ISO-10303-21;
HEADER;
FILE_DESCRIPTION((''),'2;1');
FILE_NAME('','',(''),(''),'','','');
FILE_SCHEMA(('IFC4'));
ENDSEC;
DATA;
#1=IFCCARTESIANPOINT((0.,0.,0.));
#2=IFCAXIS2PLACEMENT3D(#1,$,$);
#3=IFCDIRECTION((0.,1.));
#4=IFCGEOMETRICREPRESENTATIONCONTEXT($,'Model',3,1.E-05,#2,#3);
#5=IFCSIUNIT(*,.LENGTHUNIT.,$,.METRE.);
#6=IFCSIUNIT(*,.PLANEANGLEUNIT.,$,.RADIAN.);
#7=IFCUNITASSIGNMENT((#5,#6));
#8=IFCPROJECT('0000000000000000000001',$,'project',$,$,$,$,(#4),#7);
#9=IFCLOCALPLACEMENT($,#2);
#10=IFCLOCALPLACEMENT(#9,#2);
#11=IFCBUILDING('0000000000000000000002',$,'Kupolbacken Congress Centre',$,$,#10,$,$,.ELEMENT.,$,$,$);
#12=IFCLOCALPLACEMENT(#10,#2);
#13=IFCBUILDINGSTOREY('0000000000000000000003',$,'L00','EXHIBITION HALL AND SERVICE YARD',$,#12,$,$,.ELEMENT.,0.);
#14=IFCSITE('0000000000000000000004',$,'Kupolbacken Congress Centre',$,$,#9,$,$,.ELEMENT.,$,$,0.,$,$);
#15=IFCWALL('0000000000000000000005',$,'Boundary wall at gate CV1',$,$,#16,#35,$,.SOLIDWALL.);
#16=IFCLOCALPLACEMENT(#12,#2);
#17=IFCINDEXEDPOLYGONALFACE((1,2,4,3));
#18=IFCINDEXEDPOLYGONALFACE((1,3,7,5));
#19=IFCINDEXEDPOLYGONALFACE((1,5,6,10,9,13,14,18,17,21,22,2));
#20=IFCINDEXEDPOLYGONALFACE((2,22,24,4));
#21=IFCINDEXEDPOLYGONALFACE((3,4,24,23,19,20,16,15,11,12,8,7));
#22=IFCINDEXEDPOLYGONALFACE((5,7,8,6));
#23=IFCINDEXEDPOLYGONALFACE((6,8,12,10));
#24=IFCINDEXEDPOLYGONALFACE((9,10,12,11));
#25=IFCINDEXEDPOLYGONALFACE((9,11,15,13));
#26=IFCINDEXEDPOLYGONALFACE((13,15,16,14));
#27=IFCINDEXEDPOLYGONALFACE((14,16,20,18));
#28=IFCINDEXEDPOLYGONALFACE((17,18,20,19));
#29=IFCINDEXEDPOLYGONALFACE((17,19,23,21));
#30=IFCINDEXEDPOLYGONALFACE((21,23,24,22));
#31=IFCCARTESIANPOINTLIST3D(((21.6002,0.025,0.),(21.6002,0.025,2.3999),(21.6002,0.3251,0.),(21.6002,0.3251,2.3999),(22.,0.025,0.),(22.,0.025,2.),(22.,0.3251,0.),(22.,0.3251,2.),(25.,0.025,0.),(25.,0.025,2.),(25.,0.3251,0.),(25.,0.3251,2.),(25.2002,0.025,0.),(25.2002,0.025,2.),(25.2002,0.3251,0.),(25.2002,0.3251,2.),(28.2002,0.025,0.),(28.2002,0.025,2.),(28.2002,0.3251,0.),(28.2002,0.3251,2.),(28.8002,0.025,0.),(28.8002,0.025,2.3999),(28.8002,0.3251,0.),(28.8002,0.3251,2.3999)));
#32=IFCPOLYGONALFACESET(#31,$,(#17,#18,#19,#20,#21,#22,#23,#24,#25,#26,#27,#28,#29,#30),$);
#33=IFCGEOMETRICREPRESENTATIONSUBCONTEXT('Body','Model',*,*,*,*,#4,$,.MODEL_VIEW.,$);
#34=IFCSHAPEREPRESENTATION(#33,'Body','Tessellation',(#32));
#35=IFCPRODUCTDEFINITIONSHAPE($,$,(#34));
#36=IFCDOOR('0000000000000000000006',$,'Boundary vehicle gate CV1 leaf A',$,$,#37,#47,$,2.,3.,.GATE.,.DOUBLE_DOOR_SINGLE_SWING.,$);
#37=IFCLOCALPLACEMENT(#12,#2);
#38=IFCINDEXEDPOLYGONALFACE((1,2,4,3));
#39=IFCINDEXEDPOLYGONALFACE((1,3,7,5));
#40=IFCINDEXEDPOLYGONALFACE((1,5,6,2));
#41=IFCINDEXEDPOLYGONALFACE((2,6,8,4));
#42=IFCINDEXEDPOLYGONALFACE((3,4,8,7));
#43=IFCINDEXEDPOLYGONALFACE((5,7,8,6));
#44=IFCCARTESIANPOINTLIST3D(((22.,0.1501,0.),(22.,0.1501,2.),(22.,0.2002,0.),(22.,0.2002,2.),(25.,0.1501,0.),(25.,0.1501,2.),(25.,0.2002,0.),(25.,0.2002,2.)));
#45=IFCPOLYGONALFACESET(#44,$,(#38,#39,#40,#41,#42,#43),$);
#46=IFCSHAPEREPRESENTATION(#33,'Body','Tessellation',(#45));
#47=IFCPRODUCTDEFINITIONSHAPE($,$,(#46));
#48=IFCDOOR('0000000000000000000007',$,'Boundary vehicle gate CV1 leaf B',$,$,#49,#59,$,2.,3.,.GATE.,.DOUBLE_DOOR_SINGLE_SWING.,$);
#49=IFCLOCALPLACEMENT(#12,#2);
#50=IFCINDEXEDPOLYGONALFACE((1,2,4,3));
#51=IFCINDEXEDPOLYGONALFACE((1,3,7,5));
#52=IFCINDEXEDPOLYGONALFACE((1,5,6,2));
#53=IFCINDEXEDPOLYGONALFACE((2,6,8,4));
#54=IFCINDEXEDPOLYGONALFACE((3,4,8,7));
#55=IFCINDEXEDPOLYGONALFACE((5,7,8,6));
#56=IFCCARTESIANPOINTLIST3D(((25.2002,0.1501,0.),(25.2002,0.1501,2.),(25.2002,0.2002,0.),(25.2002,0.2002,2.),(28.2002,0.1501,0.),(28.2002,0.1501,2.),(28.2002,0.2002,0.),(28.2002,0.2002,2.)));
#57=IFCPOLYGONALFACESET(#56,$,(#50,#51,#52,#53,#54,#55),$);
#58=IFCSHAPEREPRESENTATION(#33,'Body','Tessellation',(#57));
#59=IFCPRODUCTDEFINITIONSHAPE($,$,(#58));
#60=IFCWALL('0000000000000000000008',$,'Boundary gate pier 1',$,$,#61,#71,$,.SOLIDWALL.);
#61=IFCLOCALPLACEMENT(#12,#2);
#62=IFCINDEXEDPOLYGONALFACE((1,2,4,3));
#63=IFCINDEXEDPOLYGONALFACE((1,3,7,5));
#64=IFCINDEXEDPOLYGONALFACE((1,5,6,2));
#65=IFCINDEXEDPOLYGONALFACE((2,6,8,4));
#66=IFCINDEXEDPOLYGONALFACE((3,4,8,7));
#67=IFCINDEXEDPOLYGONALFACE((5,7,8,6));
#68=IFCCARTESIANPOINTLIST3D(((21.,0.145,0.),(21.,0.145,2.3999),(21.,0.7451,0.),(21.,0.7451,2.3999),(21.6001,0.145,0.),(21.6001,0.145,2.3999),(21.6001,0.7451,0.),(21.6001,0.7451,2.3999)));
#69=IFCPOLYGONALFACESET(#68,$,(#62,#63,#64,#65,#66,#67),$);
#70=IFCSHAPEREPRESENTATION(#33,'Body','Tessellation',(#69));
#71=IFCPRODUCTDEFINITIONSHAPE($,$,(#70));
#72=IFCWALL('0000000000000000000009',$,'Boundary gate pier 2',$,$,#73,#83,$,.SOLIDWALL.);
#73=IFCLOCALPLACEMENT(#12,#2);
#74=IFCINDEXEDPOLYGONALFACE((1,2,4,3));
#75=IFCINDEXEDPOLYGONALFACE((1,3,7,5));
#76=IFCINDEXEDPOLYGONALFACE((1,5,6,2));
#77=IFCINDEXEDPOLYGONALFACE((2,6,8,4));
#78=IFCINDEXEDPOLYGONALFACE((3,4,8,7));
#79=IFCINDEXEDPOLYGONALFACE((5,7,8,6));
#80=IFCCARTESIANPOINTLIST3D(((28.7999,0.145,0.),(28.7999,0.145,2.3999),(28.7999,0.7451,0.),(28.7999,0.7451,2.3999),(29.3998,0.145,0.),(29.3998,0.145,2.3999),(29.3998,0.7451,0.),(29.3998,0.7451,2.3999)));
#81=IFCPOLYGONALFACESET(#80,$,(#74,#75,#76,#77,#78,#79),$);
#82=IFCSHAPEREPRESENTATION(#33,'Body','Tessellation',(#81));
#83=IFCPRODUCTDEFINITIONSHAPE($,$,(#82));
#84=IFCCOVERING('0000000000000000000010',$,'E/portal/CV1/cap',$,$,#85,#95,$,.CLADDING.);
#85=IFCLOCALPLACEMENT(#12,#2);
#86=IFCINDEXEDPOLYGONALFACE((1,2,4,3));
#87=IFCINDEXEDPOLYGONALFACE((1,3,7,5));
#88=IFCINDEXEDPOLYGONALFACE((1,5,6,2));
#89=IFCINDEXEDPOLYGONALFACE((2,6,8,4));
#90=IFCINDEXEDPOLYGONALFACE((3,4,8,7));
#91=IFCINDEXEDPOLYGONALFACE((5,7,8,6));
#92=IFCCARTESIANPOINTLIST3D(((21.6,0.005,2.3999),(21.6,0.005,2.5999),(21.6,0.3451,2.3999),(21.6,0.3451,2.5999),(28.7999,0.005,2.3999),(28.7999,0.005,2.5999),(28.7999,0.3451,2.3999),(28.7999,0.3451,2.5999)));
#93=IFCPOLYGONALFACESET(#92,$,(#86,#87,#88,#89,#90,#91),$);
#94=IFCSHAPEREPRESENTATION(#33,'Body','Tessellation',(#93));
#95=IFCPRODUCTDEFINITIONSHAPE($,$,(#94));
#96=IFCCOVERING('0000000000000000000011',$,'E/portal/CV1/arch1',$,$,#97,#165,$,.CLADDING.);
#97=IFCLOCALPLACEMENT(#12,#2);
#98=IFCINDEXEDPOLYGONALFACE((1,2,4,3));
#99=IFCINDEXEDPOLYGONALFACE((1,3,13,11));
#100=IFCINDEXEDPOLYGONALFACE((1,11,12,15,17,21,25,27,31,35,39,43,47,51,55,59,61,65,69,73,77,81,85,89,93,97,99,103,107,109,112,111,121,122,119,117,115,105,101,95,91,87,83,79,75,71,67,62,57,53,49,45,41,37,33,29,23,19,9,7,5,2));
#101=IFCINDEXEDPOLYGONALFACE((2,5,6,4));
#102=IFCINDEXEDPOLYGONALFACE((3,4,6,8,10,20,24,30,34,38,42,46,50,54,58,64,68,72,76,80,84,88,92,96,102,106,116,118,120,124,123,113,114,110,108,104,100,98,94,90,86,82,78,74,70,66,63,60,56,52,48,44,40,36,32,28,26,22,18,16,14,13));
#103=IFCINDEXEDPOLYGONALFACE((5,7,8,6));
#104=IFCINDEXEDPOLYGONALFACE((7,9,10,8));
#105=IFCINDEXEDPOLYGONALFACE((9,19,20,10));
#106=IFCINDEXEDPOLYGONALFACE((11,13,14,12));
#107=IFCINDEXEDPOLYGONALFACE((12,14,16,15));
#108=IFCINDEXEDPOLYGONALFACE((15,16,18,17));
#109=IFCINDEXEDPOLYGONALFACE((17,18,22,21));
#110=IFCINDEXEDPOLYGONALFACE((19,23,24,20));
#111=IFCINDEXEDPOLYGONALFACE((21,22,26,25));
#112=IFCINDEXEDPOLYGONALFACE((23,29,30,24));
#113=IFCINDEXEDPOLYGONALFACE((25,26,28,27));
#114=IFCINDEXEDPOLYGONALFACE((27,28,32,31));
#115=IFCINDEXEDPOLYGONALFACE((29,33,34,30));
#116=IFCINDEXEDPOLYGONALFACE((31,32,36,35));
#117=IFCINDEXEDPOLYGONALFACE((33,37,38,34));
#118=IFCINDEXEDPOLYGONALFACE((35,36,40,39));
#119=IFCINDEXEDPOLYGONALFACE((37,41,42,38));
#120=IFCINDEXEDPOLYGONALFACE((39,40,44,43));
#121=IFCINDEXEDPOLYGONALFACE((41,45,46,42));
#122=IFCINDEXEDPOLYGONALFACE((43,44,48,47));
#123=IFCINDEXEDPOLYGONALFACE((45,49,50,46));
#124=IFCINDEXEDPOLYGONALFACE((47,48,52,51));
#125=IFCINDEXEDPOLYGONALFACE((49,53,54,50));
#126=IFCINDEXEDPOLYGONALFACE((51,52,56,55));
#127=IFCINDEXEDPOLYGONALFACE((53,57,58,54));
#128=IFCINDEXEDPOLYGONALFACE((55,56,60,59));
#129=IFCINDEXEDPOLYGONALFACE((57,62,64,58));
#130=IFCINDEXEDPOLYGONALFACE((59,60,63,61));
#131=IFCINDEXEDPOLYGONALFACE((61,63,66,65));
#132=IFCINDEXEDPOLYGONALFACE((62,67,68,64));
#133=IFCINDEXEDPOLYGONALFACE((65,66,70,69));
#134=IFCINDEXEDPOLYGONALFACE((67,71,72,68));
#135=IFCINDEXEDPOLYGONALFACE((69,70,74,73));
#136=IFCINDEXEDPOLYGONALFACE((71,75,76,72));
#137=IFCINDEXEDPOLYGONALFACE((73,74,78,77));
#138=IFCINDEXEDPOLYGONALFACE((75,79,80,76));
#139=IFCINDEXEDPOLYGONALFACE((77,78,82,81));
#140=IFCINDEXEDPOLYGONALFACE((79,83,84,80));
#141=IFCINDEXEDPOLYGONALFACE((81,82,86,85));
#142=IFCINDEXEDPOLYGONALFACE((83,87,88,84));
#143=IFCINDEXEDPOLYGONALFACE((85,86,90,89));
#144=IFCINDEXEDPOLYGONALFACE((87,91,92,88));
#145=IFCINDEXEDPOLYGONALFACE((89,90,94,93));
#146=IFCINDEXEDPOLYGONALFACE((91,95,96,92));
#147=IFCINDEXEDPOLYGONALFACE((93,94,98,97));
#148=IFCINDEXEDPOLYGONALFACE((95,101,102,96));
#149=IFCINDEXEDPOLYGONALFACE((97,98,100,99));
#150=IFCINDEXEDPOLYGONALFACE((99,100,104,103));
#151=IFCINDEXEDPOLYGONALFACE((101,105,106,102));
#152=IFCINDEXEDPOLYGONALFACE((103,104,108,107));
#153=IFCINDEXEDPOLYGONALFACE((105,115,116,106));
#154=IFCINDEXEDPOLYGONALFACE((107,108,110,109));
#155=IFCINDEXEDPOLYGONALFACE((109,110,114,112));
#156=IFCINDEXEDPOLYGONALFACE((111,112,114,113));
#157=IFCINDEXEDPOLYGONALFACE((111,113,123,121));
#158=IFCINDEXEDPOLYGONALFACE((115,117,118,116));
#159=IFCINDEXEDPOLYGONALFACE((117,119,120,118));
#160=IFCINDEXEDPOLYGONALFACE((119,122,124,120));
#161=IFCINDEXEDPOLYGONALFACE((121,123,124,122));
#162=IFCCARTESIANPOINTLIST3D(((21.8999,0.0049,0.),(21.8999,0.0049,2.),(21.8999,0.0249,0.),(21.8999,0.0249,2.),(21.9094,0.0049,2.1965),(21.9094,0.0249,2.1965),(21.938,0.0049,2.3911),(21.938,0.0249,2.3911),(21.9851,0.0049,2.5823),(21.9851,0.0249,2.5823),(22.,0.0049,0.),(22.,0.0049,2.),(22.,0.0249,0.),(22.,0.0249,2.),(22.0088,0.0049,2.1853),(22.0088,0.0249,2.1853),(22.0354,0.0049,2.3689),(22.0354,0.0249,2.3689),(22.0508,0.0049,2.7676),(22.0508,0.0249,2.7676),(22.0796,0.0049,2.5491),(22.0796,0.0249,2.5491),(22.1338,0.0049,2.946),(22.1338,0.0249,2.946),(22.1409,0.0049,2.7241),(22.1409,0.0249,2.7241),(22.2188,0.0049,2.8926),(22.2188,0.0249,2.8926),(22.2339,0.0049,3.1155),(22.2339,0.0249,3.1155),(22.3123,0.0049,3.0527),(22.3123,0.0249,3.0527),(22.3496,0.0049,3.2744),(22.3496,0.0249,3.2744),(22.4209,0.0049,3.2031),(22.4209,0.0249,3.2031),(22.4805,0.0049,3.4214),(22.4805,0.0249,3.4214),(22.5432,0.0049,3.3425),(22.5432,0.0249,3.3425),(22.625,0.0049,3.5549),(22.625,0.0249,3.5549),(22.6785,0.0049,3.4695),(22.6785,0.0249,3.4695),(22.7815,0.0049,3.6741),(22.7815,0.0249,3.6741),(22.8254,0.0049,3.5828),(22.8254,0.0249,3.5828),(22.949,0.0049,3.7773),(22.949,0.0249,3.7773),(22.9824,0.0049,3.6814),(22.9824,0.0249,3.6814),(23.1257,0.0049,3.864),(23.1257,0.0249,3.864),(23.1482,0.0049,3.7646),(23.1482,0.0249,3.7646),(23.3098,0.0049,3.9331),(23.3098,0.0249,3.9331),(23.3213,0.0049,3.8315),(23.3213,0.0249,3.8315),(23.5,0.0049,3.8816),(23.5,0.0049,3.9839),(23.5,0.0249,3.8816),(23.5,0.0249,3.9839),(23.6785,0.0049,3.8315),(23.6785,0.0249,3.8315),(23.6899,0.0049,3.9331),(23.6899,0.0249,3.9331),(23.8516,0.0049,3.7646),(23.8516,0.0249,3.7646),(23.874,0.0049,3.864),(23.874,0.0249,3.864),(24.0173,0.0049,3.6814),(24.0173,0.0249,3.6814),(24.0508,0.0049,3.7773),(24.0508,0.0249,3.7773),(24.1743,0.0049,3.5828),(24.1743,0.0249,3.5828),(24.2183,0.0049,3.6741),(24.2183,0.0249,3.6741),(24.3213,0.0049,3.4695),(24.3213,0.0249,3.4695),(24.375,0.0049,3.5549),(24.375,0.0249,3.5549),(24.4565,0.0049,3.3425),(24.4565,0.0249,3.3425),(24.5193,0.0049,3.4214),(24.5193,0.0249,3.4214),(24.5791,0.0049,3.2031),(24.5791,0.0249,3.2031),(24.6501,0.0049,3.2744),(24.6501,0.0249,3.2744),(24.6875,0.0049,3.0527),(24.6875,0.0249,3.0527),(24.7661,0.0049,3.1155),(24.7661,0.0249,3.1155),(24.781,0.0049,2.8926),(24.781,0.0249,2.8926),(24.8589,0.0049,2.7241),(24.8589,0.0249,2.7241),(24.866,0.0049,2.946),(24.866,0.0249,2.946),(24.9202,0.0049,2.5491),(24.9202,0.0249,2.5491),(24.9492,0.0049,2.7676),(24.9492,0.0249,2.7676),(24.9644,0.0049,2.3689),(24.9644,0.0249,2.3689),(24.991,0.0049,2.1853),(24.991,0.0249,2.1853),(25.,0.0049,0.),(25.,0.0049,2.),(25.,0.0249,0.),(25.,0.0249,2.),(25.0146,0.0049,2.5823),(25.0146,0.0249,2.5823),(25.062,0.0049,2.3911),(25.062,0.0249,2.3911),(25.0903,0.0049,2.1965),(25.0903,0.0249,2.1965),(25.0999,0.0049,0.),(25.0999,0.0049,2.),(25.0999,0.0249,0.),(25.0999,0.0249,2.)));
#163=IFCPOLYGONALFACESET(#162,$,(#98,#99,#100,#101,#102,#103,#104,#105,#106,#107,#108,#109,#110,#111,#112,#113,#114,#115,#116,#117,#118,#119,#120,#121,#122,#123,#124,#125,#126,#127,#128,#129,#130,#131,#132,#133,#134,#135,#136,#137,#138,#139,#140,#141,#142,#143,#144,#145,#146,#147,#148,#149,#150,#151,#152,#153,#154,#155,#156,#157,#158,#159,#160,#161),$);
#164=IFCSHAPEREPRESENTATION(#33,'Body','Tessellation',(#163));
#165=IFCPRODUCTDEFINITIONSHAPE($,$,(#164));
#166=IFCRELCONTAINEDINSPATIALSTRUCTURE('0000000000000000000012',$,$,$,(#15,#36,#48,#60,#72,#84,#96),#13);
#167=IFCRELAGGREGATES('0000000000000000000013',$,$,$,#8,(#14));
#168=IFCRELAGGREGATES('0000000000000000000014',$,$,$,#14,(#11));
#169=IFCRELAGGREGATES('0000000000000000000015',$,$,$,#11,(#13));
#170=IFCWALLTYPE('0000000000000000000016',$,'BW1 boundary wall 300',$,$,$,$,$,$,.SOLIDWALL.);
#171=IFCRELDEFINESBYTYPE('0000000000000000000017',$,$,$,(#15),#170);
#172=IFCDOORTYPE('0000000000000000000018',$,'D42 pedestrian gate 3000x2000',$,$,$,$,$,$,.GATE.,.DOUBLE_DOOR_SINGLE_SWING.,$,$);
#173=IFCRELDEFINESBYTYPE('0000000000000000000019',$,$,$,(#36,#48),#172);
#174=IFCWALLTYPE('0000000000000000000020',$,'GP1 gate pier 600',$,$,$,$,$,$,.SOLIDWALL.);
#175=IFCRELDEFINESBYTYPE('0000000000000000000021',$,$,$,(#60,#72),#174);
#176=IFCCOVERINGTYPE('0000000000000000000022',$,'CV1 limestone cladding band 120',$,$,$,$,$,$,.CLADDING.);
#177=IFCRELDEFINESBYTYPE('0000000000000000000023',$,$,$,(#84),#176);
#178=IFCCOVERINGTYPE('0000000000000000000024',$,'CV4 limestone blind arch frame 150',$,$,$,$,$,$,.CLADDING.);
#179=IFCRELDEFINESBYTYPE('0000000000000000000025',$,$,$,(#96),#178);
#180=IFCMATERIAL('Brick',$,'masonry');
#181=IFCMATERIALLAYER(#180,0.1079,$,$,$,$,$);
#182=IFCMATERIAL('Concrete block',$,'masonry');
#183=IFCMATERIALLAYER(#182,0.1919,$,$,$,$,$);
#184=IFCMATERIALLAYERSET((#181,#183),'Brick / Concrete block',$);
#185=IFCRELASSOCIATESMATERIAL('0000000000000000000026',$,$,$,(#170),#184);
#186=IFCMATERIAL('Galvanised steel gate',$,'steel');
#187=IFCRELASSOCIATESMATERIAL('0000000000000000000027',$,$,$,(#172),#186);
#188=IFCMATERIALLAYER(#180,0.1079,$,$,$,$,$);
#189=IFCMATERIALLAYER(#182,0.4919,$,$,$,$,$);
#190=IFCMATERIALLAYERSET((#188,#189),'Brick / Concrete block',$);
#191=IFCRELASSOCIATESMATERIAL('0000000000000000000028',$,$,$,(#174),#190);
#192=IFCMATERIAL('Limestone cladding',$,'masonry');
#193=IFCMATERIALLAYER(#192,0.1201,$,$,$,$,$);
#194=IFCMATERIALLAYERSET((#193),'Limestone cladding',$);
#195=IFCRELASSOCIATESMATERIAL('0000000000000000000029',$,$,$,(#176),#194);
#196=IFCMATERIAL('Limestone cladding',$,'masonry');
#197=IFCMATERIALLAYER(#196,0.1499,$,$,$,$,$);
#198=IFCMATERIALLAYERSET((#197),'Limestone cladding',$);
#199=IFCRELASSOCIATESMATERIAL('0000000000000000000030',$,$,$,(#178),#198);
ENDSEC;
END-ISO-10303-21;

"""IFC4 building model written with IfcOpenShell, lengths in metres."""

from ifc_helpers import new_model, si_unit, direction, frame, frame_2d, origin, origin_2d, place, context, subcontext, project, spatial, polyline, rectangle, outline, extrude, material, layer, layer_set, type_object, element, fill, save


model = new_model("IFC4")

# Units and contexts
model_context = context("Model", 3, precision=1e-05, world=origin(), true_north=direction((0.0, 1.0)))
body_context = subcontext(model_context, "Body", "Model", "MODEL_VIEW")
ifc_project = project(units=[si_unit("LENGTHUNIT", "METRE"), si_unit("PLANEANGLEUNIT", "RADIAN")], contexts=[model_context])

# Site, building, storey
site_placement = place(None, origin())
site = spatial("IfcSite", under=ifc_project, at=site_placement, Name="Kupolbacken Congress Centre", CompositionType="ELEMENT", RefElevation=0.0)
building_placement = place(site_placement, origin())
building = spatial("IfcBuilding", under=site, at=building_placement, Name="Kupolbacken Congress Centre", CompositionType="ELEMENT")
storey_placement = place(building_placement, origin())
storey = spatial("IfcBuildingStorey", under=building, at=storey_placement, Name="L00", Description="EXHIBITION HALL AND SERVICE YARD", CompositionType="ELEMENT", Elevation=0.0)

# Wall, openings, doors
ifc_material_1 = material(Name="Brick", Category="masonry")
ifc_layer_1 = layer(ifc_material_1, 0.1079)
ifc_material_2 = material(Name="Concrete block", Category="masonry")
ifc_layer_2 = layer(ifc_material_2, 0.1919)
ifc_layer_set_1 = layer_set([ifc_layer_1, ifc_layer_2], Name="Brick / Concrete block")
wall_type_1 = type_object("IfcWallType", Name="BW1 boundary wall 300", PredefinedType="SOLIDWALL", material=ifc_layer_set_1)
wall_1_placement = place(storey_placement, frame((21.6001, 0.175, 0.0), z_axis=(0.0, 0.0, 1.0), x_axis=(1.0, 0.0, 0.0)))
wall_1 = element("IfcWall", 1, at=wall_1_placement, inside=storey, type_object=wall_type_1, Name="Boundary wall at gate CV1", PredefinedType="SOLIDWALL", context=body_context, shape_type="SweptSolid", body=[
    extrude(rectangle(XDim=7.2, YDim=0.3, at=frame_2d((3.6001, 0.0))), origin(), (0.0, 0.0, 1.0), 2.3999),
])
opening_1_placement = place(wall_1_placement, frame((0.3999, 0.0, 0.0)))
opening_1 = element("IfcOpeningElement", 2, at=opening_1_placement, cuts=wall_1, PredefinedType="OPENING", context=body_context, shape_type="SweptSolid", body=[
    extrude(rectangle(XDim=3.0, YDim=2.0, at=frame_2d((1.5, 1.0))), frame((0.0, 0.1599, 0.0), z_axis=(0.0, -1.0, 0.0), x_axis=(1.0, 0.0, 0.0)), (0.0, 0.0, 1.0), 0.3201),
])
opening_2_placement = place(wall_1_placement, frame((3.6001, 0.0, 0.0)))
opening_2 = element("IfcOpeningElement", 3, at=opening_2_placement, cuts=wall_1, PredefinedType="OPENING", context=body_context, shape_type="SweptSolid", body=[
    extrude(rectangle(XDim=3.0, YDim=2.0, at=frame_2d((1.5, 1.0))), frame((0.0, 0.1599, 0.0), z_axis=(0.0, -1.0, 0.0), x_axis=(1.0, 0.0, 0.0)), (0.0, 0.0, 1.0), 0.3201),
])
ifc_material_3 = material(Name="Galvanised steel gate", Category="steel")
door_type = type_object("IfcDoorType", Name="D42 pedestrian gate 3000x2000", OperationType="DOUBLE_DOOR_SINGLE_SWING", PredefinedType="GATE", material=ifc_material_3)
door_1_placement = place(opening_1_placement, frame((3.0, 0.0, 0.0), z_axis=(0.0, 0.0, 1.0), x_axis=(-1.0, 0.0, 0.0)))
door_1 = element("IfcDoor", 4, at=door_1_placement, inside=storey, type_object=door_type, Name="Boundary vehicle gate CV1 leaf A", OperationType="DOUBLE_DOOR_SINGLE_SWING", OverallHeight=2.0, OverallWidth=3.0, PredefinedType="GATE", context=body_context, shape_type="SweptSolid", body=[
    extrude(rectangle(XDim=3.0, YDim=2.0, at=frame_2d((1.5, 1.0))), frame((0.0, 0.0249, 0.0), z_axis=(0.0, -1.0, 0.0), x_axis=(1.0, 0.0, 0.0)), (0.0, 0.0, 1.0), 0.05),
])
fill(opening_1, door_1)
door_2_placement = place(opening_2_placement, frame((3.0, 0.0, 0.0), z_axis=(0.0, 0.0, 1.0), x_axis=(-1.0, 0.0, 0.0)))
door_2 = element("IfcDoor", 5, at=door_2_placement, inside=storey, type_object=door_type, Name="Boundary vehicle gate CV1 leaf B", OperationType="DOUBLE_DOOR_SINGLE_SWING", OverallHeight=2.0, OverallWidth=3.0, PredefinedType="GATE", context=body_context, shape_type="SweptSolid", body=[
    extrude(rectangle(XDim=3.0, YDim=2.0, at=frame_2d((1.5, 1.0))), frame((0.0, 0.0249, 0.0), z_axis=(0.0, -1.0, 0.0), x_axis=(1.0, 0.0, 0.0)), (0.0, 0.0, 1.0), 0.05),
])
fill(opening_2, door_2)

# Walls
ifc_layer_3 = layer(ifc_material_1, 0.1079)
ifc_layer_4 = layer(ifc_material_2, 0.4919)
ifc_layer_set_2 = layer_set([ifc_layer_3, ifc_layer_4], Name="Brick / Concrete block")
wall_type_2 = type_object("IfcWallType", Name="GP1 gate pier 600", PredefinedType="SOLIDWALL", material=ifc_layer_set_2)
wall_2_placement = place(storey_placement, frame((21.6001, 0.4451, 0.0), z_axis=(0.0, 0.0, 1.0), x_axis=(-1.0, 0.0, 0.0)))
element("IfcWall", 6, at=wall_2_placement, inside=storey, type_object=wall_type_2, Name="Boundary gate pier 1", PredefinedType="SOLIDWALL", context=body_context, shape_type="SweptSolid", body=[
    extrude(rectangle(XDim=0.6001, YDim=0.6001, at=frame_2d((0.3, 0.0))), origin(), (0.0, 0.0, 1.0), 2.3999),
])
wall_3_placement = place(storey_placement, frame((28.8, 0.4451, 0.0), z_axis=(0.0, 0.0, 1.0), x_axis=(1.0, 0.0, 0.0)))
element("IfcWall", 7, at=wall_3_placement, inside=storey, type_object=wall_type_2, Name="Boundary gate pier 2", PredefinedType="SOLIDWALL", context=body_context, shape_type="SweptSolid", body=[
    extrude(rectangle(XDim=0.5999, YDim=0.6001, at=frame_2d((0.2998, 0.0))), origin(), (0.0, 0.0, 1.0), 2.3999),
])

# Coverings
ifc_material_4 = material(Name="Limestone cladding", Category="masonry")
ifc_layer_5 = layer(ifc_material_4, 0.1201)
ifc_layer_set_3 = layer_set([ifc_layer_5], Name="Limestone cladding")
covering_type_1 = type_object("IfcCoveringType", Name="CV1 limestone cladding band 120", PredefinedType="CLADDING", material=ifc_layer_set_3)
covering_1_placement = place(storey_placement, frame((25.2, 0.175, 2.3999), z_axis=(0.0, 0.0, 1.0), x_axis=(1.0, 0.0, 0.0)))
element("IfcCovering", 8, at=covering_1_placement, inside=storey, type_object=covering_type_1, Name="E/portal/CV1/cap", PredefinedType="CLADDING", context=body_context, shape_type="SweptSolid", body=[
    extrude(rectangle(XDim=7.2, YDim=0.3401, at=origin_2d()), origin(), (0.0, 0.0, 1.0), 0.2),
])
ifc_material_5 = material(Name="Limestone cladding", Category="masonry")
ifc_layer_6 = layer(ifc_material_5, 0.1499)
ifc_layer_set_4 = layer_set([ifc_layer_6], Name="Limestone cladding")
covering_type_2 = type_object("IfcCoveringType", Name="CV4 limestone blind arch frame 150", PredefinedType="CLADDING", material=ifc_layer_set_4)
covering_2_placement = place(storey_placement, frame((21.8999, 0.0249, 0.0), z_axis=(0.0, -1.0, 0.0), x_axis=(1.0, 0.0, 0.0)))
element("IfcCovering", 9, at=covering_2_placement, inside=storey, type_object=covering_type_2, Name="E/portal/CV1/arch1", PredefinedType="CLADDING", context=body_context, shape_type="SweptSolid", body=[
    extrude(outline(polyline([(0.0, 0.0), (0.0, 2.0), (0.0095, 2.1965), (0.0381, 2.3911), (0.0852, 2.5823), (0.1509, 2.7676), (0.2339, 2.946), (0.334, 3.1155), (0.4497, 3.2744), (0.5806, 3.4214), (0.7251, 3.5549), (0.8816, 3.6741), (1.0491, 3.7773), (1.2258, 3.864), (1.4099, 3.9331), (1.6001, 3.9839), (1.79, 3.9331), (1.9741, 3.864), (2.1509, 3.7773), (2.3184, 3.6741), (2.4751, 3.5549), (2.6194, 3.4214), (2.7502, 3.2744), (2.8662, 3.1155), (2.9661, 2.946), (3.0493, 2.7676), (3.1147, 2.5823), (3.1621, 2.3911), (3.1904, 2.1965), (3.2, 2.0), (3.2, 0.0), (3.1001, 0.0), (3.1001, 2.0), (3.0911, 2.1853), (3.0645, 2.3689), (3.0203, 2.5491), (2.959, 2.7241), (2.8811, 2.8926), (2.7876, 3.0527), (2.6792, 3.2031), (2.5566, 3.3425), (2.4214, 3.4695), (2.2744, 3.5828), (2.1174, 3.6814), (1.9517, 3.7646), (1.7786, 3.8315), (1.6001, 3.8816), (1.4214, 3.8315), (1.2483, 3.7646), (1.0825, 3.6814), (0.9255, 3.5828), (0.7786, 3.4695), (0.6433, 3.3425), (0.521, 3.2031), (0.4124, 3.0527), (0.3188, 2.8926), (0.241, 2.7241), (0.1797, 2.5491), (0.1355, 2.3689), (0.1089, 2.1853), (0.1001, 2.0), (0.1001, 0.0), (0.0, 0.0)])), origin(), (0.0, 0.0, 1.0), 0.02),
])

save(model, "model.ifc")
